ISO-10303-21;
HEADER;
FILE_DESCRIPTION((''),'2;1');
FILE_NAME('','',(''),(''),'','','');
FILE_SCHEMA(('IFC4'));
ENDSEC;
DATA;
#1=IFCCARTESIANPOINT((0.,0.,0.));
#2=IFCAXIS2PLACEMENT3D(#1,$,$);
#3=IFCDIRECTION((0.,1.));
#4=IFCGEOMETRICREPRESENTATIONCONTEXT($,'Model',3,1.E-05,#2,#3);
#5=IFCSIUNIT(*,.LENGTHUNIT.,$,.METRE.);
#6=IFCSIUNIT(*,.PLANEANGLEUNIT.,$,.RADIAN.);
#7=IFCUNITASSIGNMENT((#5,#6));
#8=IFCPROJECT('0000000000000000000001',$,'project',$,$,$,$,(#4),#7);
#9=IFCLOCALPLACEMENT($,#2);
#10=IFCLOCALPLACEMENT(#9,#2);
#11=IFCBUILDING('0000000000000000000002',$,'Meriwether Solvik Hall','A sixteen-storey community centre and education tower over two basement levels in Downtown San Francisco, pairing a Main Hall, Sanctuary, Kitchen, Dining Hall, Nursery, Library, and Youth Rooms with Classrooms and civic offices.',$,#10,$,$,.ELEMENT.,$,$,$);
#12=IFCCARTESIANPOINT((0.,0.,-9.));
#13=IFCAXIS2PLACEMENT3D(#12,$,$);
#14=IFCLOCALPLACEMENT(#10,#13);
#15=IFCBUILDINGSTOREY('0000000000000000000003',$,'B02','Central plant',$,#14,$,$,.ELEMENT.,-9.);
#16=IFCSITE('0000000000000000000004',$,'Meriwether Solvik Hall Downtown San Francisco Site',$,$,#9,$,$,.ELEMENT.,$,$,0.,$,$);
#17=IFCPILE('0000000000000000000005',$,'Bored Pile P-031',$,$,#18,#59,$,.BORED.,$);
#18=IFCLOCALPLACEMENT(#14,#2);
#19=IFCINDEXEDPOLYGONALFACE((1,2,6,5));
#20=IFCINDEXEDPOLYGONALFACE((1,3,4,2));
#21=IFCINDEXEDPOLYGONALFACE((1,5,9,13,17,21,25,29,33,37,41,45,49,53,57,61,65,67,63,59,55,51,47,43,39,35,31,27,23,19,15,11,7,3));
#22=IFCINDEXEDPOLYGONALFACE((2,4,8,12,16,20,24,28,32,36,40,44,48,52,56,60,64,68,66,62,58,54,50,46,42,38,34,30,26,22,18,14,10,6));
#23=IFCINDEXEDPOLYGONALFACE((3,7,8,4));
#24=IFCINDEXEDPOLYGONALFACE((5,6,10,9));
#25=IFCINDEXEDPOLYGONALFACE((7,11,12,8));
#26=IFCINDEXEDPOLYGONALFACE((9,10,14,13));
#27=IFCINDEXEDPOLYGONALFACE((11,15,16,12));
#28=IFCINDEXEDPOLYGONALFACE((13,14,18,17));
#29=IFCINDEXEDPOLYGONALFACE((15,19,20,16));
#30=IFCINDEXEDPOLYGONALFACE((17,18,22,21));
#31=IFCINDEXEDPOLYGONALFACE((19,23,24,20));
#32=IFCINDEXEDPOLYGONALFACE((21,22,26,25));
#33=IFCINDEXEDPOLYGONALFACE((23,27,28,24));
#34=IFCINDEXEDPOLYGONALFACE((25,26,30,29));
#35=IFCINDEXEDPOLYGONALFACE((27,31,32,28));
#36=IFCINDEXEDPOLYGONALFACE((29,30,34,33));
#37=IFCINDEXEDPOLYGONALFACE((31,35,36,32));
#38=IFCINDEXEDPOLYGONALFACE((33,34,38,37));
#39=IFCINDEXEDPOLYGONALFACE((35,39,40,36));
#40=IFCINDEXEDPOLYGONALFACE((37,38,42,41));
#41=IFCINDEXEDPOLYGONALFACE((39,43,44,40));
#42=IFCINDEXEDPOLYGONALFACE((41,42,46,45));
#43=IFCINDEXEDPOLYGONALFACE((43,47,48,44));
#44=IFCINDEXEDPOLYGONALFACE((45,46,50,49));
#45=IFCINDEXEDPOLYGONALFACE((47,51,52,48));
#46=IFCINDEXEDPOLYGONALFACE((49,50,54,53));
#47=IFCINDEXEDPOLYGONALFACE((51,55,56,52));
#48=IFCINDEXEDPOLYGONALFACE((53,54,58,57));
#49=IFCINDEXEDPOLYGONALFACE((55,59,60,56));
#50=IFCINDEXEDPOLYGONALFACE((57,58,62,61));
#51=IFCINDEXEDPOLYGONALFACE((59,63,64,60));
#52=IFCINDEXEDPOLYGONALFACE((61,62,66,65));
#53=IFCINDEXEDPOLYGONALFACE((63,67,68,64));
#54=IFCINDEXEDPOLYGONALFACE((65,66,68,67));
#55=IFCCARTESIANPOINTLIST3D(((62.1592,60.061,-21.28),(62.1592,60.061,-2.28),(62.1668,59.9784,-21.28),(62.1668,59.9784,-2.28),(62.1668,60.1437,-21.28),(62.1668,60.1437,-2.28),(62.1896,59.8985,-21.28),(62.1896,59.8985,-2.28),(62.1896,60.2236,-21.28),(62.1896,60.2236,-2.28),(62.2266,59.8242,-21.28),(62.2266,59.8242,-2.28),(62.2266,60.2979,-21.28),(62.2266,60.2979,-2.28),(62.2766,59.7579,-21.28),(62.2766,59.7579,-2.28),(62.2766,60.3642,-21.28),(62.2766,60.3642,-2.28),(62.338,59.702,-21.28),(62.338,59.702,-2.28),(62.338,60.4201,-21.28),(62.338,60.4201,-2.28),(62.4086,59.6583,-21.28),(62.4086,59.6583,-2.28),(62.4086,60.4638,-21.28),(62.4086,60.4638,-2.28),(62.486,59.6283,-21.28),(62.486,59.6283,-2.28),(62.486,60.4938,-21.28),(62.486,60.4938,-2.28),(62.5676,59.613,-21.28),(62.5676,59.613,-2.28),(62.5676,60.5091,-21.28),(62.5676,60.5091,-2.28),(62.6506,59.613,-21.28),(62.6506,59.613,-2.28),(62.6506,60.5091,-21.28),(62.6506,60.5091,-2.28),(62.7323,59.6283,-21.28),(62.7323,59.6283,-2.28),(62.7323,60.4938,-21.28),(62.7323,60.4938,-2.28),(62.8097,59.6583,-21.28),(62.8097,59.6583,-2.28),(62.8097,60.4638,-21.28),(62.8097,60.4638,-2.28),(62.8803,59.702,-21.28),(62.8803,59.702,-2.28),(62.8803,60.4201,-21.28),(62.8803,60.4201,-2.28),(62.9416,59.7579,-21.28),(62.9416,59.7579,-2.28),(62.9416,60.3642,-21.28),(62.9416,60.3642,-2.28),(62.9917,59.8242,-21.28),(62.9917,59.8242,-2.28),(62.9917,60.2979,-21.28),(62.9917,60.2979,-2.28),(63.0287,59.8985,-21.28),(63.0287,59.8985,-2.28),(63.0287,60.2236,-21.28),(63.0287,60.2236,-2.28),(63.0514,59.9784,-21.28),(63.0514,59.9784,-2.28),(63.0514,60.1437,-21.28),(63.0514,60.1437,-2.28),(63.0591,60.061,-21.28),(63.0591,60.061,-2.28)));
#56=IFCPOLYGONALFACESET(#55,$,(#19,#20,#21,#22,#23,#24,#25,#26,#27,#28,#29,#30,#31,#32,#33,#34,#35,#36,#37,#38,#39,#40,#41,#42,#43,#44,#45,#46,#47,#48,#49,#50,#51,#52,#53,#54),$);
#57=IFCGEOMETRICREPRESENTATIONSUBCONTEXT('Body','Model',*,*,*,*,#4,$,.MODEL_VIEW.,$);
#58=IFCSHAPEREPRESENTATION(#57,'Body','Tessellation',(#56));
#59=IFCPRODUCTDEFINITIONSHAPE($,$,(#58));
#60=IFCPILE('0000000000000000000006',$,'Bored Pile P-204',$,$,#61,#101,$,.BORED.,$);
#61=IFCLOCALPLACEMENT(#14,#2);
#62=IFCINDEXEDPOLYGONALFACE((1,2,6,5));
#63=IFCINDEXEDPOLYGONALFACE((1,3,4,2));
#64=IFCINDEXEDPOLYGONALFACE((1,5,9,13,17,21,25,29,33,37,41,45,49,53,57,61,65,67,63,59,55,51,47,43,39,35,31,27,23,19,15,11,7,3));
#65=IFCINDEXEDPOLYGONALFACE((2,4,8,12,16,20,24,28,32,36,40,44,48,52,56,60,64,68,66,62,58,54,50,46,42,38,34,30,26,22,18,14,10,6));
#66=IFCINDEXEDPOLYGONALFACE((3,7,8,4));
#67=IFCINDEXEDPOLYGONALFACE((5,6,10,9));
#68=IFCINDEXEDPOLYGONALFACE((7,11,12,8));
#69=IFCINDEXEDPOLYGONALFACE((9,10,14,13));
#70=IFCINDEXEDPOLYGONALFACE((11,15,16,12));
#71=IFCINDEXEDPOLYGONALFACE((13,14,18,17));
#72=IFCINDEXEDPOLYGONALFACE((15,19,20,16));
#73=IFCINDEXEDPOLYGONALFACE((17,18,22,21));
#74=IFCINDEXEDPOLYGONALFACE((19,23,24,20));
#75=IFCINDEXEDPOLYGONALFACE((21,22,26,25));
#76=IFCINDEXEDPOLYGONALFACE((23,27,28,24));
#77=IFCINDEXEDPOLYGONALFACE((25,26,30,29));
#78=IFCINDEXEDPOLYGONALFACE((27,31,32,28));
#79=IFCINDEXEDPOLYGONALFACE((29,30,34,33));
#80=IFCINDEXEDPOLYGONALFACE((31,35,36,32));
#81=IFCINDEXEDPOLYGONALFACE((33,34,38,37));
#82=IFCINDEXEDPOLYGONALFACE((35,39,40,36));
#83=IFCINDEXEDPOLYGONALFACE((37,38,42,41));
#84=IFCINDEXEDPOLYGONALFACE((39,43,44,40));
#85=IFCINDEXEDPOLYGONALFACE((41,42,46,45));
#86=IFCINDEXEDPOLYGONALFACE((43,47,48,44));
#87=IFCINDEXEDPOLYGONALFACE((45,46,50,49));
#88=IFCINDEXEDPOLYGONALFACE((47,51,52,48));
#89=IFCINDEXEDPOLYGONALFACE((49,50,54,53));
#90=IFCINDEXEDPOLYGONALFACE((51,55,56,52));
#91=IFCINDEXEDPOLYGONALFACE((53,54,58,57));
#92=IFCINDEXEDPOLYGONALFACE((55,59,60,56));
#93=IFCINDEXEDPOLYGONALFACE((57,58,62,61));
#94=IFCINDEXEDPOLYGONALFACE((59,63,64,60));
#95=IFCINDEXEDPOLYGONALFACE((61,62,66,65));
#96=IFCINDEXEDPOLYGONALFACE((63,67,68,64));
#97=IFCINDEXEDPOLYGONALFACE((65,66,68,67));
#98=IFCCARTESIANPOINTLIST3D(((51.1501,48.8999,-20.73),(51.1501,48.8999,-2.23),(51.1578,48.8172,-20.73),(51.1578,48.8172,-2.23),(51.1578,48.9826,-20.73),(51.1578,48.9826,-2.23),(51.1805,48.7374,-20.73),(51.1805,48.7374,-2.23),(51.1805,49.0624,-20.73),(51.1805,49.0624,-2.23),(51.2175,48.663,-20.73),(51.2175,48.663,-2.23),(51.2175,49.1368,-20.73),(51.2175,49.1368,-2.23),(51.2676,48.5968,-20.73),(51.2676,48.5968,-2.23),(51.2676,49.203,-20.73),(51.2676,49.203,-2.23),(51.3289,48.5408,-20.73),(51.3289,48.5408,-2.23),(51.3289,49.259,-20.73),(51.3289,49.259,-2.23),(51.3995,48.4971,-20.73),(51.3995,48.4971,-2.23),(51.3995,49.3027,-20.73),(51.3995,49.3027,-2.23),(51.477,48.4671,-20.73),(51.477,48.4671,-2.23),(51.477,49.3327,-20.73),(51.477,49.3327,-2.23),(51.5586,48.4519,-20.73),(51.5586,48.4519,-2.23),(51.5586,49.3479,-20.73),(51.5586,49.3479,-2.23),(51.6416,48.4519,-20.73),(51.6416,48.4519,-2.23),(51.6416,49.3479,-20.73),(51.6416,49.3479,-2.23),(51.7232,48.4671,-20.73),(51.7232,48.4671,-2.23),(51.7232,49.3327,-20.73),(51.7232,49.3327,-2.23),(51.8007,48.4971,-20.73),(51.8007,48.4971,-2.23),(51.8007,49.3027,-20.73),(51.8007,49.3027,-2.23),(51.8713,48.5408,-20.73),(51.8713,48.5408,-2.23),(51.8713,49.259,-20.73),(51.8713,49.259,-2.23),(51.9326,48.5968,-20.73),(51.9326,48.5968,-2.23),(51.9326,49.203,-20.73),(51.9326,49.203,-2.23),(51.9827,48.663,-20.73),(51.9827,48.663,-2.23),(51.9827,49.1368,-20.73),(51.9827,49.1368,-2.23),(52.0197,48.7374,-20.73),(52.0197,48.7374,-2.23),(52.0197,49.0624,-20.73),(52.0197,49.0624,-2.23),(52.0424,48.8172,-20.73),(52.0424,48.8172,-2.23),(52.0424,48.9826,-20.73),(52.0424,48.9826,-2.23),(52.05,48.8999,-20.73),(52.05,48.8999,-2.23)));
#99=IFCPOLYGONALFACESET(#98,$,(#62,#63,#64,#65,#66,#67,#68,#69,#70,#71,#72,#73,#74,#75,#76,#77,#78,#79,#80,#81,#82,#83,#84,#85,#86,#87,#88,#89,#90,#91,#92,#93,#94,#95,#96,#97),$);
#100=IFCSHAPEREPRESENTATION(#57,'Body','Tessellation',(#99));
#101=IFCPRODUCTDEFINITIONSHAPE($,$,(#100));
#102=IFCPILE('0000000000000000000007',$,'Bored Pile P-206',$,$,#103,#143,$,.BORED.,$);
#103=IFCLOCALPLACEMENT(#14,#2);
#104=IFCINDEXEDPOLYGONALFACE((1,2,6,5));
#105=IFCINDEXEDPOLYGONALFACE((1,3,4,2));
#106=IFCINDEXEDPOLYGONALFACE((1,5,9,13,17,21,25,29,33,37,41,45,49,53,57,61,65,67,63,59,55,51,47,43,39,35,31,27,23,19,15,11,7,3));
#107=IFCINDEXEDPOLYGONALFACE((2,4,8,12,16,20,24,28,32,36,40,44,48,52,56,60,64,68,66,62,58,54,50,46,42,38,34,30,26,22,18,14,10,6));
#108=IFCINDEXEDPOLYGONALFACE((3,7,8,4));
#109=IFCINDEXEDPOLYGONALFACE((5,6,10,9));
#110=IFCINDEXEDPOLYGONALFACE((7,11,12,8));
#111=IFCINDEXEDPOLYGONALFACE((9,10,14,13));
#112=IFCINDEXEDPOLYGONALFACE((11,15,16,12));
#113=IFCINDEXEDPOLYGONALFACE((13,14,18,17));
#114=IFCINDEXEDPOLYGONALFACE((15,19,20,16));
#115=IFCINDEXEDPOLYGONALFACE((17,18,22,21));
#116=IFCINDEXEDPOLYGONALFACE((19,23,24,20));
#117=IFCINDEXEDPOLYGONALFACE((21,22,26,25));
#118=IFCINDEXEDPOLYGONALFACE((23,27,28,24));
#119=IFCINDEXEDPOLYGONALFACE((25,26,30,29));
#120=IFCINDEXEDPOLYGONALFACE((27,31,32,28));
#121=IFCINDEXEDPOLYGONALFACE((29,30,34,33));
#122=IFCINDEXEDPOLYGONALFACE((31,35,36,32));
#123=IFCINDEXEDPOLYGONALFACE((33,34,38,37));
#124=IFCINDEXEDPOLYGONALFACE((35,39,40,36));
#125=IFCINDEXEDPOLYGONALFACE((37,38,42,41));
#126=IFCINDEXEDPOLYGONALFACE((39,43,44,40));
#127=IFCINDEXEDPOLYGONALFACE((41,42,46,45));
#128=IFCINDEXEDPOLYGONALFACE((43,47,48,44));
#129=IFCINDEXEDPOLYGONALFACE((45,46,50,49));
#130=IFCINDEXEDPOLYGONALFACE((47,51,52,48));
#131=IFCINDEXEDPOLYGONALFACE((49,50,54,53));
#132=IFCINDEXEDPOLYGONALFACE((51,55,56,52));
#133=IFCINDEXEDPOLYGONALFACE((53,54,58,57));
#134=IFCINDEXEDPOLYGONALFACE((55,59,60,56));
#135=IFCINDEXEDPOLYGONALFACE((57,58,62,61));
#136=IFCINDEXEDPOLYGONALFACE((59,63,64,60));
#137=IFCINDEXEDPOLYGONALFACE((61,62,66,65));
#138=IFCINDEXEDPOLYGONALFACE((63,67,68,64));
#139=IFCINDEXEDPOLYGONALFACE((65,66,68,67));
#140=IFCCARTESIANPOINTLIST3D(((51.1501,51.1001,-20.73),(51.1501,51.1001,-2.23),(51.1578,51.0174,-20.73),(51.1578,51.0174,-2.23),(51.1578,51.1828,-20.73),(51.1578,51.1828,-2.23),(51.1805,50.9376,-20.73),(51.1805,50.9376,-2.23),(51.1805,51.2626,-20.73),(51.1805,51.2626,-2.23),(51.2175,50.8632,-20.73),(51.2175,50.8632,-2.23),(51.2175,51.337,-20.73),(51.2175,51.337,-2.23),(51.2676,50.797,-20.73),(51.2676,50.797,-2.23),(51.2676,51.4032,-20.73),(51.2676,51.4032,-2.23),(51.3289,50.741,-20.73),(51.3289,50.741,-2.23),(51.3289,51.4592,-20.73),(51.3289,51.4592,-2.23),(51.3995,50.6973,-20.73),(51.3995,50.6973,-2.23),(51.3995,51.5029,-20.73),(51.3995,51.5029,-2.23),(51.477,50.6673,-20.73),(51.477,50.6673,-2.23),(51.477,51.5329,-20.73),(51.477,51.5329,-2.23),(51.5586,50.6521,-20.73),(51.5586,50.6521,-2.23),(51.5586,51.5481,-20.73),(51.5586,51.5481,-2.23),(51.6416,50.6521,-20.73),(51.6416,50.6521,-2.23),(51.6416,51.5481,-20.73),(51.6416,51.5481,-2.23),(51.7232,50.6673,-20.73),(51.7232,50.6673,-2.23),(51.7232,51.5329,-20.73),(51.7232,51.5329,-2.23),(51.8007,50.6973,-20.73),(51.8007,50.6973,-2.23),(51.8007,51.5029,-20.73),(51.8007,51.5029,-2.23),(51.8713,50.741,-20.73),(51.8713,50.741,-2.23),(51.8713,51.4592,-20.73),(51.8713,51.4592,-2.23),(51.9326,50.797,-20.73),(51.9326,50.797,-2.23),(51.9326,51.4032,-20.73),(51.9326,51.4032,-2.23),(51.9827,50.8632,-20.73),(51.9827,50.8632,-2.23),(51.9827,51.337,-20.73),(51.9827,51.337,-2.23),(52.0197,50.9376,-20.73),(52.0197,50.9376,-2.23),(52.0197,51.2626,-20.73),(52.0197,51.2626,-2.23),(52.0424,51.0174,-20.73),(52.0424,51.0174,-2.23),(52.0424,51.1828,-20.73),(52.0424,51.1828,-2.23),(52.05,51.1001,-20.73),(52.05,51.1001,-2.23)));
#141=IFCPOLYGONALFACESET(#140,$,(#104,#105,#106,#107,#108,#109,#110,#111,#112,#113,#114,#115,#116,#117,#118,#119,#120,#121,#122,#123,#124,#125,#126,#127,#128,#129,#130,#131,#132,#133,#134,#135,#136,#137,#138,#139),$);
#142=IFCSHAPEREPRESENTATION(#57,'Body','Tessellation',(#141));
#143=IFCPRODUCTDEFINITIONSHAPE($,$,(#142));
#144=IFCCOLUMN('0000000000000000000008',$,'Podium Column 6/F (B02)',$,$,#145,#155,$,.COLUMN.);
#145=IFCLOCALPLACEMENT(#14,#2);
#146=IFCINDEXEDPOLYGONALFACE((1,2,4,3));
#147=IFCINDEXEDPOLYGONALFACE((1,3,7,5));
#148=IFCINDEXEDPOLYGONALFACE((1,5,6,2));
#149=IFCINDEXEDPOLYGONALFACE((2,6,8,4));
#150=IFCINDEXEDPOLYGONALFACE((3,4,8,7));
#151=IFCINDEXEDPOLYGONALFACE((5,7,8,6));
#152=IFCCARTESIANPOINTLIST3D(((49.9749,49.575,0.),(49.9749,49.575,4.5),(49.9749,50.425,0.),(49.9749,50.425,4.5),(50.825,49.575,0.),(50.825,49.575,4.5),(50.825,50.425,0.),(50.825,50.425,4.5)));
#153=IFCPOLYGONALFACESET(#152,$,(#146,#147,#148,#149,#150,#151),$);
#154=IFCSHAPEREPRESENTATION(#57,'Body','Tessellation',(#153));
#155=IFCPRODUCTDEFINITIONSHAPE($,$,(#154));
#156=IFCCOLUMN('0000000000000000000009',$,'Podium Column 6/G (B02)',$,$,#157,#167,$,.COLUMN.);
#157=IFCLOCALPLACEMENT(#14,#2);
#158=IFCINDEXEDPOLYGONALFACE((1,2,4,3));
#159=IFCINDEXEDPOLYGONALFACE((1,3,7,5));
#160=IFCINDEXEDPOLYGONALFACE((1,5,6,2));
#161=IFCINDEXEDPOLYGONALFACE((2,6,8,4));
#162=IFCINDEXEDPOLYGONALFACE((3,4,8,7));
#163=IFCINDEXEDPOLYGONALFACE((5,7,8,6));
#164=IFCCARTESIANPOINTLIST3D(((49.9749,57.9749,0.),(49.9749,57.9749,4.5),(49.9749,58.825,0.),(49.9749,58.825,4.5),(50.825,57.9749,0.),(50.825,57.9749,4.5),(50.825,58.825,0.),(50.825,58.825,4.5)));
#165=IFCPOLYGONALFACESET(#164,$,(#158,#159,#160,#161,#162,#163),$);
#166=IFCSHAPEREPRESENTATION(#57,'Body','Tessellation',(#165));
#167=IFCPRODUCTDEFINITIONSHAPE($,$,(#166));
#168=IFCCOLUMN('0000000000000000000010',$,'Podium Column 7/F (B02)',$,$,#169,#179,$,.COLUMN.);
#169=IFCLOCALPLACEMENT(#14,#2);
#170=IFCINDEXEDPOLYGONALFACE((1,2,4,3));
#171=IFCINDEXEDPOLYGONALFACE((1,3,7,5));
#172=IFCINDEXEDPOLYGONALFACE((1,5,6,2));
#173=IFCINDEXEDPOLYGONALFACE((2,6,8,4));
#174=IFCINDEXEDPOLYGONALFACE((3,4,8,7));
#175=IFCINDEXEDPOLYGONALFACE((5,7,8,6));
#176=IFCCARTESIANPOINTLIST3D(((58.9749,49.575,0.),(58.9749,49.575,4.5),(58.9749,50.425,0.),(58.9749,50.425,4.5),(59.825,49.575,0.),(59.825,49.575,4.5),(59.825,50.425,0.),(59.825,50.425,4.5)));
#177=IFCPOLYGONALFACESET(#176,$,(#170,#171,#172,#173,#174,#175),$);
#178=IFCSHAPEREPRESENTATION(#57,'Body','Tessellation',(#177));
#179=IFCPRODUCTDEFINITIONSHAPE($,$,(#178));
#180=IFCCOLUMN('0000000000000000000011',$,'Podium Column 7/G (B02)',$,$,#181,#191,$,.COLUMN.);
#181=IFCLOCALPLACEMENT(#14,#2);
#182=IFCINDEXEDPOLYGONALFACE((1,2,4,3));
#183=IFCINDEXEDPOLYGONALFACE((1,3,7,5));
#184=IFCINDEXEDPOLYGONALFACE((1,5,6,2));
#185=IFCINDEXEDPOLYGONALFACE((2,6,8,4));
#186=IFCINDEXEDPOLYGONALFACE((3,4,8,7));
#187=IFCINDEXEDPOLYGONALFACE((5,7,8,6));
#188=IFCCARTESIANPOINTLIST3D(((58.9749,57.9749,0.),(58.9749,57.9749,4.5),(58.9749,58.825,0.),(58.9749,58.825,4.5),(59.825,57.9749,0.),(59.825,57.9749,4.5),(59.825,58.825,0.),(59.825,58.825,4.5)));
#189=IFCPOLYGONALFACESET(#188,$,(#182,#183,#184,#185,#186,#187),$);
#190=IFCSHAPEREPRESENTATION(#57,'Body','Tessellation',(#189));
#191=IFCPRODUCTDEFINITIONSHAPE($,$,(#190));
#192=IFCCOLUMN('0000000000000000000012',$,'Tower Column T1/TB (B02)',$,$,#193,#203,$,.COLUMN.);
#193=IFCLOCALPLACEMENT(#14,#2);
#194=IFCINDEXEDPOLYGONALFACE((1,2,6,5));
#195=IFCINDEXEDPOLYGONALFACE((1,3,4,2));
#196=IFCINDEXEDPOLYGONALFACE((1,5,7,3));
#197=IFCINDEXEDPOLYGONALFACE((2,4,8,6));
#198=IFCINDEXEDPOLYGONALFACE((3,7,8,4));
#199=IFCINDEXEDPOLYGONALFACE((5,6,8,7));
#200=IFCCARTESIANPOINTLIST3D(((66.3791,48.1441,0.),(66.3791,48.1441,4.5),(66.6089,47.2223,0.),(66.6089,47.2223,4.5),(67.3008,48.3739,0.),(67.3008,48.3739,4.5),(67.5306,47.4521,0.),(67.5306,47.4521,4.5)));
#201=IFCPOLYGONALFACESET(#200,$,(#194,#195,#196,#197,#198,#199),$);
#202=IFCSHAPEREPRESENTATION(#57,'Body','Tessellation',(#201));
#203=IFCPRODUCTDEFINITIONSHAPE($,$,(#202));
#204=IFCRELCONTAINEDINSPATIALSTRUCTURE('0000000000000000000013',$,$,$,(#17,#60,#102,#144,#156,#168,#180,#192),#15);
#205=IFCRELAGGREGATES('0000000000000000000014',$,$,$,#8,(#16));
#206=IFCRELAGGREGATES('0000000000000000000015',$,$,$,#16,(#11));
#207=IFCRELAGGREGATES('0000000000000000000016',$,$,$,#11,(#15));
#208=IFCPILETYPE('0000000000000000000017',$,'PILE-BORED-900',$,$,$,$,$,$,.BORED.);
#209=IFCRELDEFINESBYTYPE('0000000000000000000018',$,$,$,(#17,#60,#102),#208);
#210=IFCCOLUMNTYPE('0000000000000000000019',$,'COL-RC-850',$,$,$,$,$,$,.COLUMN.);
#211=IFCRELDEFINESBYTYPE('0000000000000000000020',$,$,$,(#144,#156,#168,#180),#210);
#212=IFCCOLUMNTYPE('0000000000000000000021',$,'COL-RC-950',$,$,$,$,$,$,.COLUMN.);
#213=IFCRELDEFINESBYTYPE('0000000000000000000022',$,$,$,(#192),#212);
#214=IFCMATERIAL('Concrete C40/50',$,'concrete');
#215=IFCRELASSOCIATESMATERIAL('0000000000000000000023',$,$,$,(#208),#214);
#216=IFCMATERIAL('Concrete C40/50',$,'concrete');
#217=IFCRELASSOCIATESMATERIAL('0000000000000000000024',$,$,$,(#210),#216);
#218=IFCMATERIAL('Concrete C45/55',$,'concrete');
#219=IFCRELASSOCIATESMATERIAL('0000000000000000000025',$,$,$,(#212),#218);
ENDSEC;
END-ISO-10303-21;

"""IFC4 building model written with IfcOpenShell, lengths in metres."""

from ifc_helpers import new_model, si_unit, direction, frame, origin, origin_2d, place, context, subcontext, project, spatial, rectangle, circle, extrude, material, material_profile, profile_set, type_object, element, save


model = new_model("IFC4")

# Units and contexts
model_context = context("Model", 3, precision=1e-05, world=origin(), true_north=direction((0.0, 1.0)))
body_context = subcontext(model_context, "Body", "Model", "MODEL_VIEW")
ifc_project = project(units=[si_unit("LENGTHUNIT", "METRE"), si_unit("PLANEANGLEUNIT", "RADIAN")], contexts=[model_context])

# Site, building, storey
site_placement = place(None, origin())
site = spatial("IfcSite", under=ifc_project, at=site_placement, Name="Meriwether Solvik Hall Downtown San Francisco Site", CompositionType="ELEMENT", RefElevation=0.0)
building_placement = place(site_placement, origin())
building = spatial("IfcBuilding", under=site, at=building_placement, Name="Meriwether Solvik Hall", Description="A sixteen-storey community centre and education tower over two basement levels in Downtown San Francisco, pairing a Main Hall, Sanctuary, Kitchen, Dining Hall, Nursery, Library, and Youth Rooms with Classrooms and civic offices.", CompositionType="ELEMENT")
storey_placement = place(building_placement, frame((0.0, 0.0, -9.0)))
storey = spatial("IfcBuildingStorey", under=building, at=storey_placement, Name="B02", Description="Central plant", CompositionType="ELEMENT", Elevation=-9.0)

# Piles
ifc_material_1 = material(Name="Concrete C40/50", Category="concrete")
ifc_material_profile_1 = material_profile(ifc_material_1, circle(Radius=0.45, at=origin_2d()), Name="PILE-D900")
ifc_profile_set_1 = profile_set([ifc_material_profile_1], Name="Concrete C40/50")
pile_type_1 = type_object("IfcPileType", Name="PILE-BORED-900", PredefinedType="BORED", material=ifc_profile_set_1)
pile_1_placement = place(storey_placement, frame((62.6091, 60.061, -2.28), z_axis=(0.0, 0.0, -1.0), x_axis=(1.0, 0.0, 0.0)))
element("IfcPile", 1, at=pile_1_placement, inside=storey, type_object=pile_type_1, Name="Bored Pile P-031", PredefinedType="BORED", context=body_context, shape_type="SweptSolid", body=[
    extrude(circle(Radius=0.45, at=origin_2d()), origin(), (0.0, 0.0, 1.0), 19.0),
])
for number, where, z_axis, x_axis, name in (
    (2, (51.6001, 48.8999, -2.23), (0.0, 0.0, -1.0), (1.0, 0.0, 0.0), "Bored Pile P-204"),
    (3, (51.6001, 51.1001, -2.23), (0.0, 0.0, -1.0), (1.0, 0.0, 0.0), "Bored Pile P-206"),
):
    element("IfcPile", number, at=place(storey_placement, frame(where, z_axis=z_axis, x_axis=x_axis)), inside=storey, type_object=pile_type_1, Name=name, PredefinedType="BORED", context=body_context, shape_type="SweptSolid", body=[
        extrude(circle(Radius=0.45, at=origin_2d()), origin(), (0.0, 0.0, 1.0), 18.5),
    ])

# Columns
ifc_material_2 = material(Name="Concrete C40/50", Category="concrete")
ifc_material_profile_2 = material_profile(ifc_material_2, rectangle(XDim=0.8501, YDim=0.8501, at=origin_2d()), Name="RCC-850X850")
ifc_profile_set_2 = profile_set([ifc_material_profile_2], Name="Concrete C40/50")
column_type_1 = type_object("IfcColumnType", Name="COL-RC-850", PredefinedType="COLUMN", material=ifc_profile_set_2)
for number, where, z_axis, x_axis, name in (
    (4, (50.3999, 50.0, 0.0), (0.0, 0.0, 1.0), (1.0, 0.0, 0.0), "Podium Column 6/F (B02)"),
    (5, (50.3999, 58.3999, 0.0), (0.0, 0.0, 1.0), (1.0, 0.0, 0.0), "Podium Column 6/G (B02)"),
    (6, (59.3999, 50.0, 0.0), (0.0, 0.0, 1.0), (1.0, 0.0, 0.0), "Podium Column 7/F (B02)"),
    (7, (59.3999, 58.3999, 0.0), (0.0, 0.0, 1.0), (1.0, 0.0, 0.0), "Podium Column 7/G (B02)"),
):
    element("IfcColumn", number, at=place(storey_placement, frame(where, z_axis=z_axis, x_axis=x_axis)), inside=storey, type_object=column_type_1, Name=name, PredefinedType="COLUMN", context=body_context, shape_type="SweptSolid", body=[
        extrude(rectangle(XDim=0.8501, YDim=0.8501, at=origin_2d()), origin(), (0.0, 0.0, 1.0), 4.5),
    ])
ifc_material_3 = material(Name="Concrete C45/55", Category="concrete")
ifc_material_profile_3 = material_profile(ifc_material_3, rectangle(XDim=0.95, YDim=0.95, at=origin_2d()), Name="RCC-950X950")
ifc_profile_set_3 = profile_set([ifc_material_profile_3], Name="Concrete C45/55")
column_type_2 = type_object("IfcColumnType", Name="COL-RC-950", PredefinedType="COLUMN", material=ifc_profile_set_3)
for number, where, z_axis, x_axis, name in (
    (8, (66.9548, 47.7981, 0.0), (0.0, 0.0, 1.0), (0.970296, 0.241922, 0.0), "Tower Column T1/TB (B02)"),
):
    element("IfcColumn", number, at=place(storey_placement, frame(where, z_axis=z_axis, x_axis=x_axis)), inside=storey, type_object=column_type_2, Name=name, PredefinedType="COLUMN", context=body_context, shape_type="SweptSolid", body=[
        extrude(rectangle(XDim=0.95, YDim=0.95, at=origin_2d()), origin(), (0.0, 0.0, 1.0), 4.5),
    ])

save(model, "model.ifc")
